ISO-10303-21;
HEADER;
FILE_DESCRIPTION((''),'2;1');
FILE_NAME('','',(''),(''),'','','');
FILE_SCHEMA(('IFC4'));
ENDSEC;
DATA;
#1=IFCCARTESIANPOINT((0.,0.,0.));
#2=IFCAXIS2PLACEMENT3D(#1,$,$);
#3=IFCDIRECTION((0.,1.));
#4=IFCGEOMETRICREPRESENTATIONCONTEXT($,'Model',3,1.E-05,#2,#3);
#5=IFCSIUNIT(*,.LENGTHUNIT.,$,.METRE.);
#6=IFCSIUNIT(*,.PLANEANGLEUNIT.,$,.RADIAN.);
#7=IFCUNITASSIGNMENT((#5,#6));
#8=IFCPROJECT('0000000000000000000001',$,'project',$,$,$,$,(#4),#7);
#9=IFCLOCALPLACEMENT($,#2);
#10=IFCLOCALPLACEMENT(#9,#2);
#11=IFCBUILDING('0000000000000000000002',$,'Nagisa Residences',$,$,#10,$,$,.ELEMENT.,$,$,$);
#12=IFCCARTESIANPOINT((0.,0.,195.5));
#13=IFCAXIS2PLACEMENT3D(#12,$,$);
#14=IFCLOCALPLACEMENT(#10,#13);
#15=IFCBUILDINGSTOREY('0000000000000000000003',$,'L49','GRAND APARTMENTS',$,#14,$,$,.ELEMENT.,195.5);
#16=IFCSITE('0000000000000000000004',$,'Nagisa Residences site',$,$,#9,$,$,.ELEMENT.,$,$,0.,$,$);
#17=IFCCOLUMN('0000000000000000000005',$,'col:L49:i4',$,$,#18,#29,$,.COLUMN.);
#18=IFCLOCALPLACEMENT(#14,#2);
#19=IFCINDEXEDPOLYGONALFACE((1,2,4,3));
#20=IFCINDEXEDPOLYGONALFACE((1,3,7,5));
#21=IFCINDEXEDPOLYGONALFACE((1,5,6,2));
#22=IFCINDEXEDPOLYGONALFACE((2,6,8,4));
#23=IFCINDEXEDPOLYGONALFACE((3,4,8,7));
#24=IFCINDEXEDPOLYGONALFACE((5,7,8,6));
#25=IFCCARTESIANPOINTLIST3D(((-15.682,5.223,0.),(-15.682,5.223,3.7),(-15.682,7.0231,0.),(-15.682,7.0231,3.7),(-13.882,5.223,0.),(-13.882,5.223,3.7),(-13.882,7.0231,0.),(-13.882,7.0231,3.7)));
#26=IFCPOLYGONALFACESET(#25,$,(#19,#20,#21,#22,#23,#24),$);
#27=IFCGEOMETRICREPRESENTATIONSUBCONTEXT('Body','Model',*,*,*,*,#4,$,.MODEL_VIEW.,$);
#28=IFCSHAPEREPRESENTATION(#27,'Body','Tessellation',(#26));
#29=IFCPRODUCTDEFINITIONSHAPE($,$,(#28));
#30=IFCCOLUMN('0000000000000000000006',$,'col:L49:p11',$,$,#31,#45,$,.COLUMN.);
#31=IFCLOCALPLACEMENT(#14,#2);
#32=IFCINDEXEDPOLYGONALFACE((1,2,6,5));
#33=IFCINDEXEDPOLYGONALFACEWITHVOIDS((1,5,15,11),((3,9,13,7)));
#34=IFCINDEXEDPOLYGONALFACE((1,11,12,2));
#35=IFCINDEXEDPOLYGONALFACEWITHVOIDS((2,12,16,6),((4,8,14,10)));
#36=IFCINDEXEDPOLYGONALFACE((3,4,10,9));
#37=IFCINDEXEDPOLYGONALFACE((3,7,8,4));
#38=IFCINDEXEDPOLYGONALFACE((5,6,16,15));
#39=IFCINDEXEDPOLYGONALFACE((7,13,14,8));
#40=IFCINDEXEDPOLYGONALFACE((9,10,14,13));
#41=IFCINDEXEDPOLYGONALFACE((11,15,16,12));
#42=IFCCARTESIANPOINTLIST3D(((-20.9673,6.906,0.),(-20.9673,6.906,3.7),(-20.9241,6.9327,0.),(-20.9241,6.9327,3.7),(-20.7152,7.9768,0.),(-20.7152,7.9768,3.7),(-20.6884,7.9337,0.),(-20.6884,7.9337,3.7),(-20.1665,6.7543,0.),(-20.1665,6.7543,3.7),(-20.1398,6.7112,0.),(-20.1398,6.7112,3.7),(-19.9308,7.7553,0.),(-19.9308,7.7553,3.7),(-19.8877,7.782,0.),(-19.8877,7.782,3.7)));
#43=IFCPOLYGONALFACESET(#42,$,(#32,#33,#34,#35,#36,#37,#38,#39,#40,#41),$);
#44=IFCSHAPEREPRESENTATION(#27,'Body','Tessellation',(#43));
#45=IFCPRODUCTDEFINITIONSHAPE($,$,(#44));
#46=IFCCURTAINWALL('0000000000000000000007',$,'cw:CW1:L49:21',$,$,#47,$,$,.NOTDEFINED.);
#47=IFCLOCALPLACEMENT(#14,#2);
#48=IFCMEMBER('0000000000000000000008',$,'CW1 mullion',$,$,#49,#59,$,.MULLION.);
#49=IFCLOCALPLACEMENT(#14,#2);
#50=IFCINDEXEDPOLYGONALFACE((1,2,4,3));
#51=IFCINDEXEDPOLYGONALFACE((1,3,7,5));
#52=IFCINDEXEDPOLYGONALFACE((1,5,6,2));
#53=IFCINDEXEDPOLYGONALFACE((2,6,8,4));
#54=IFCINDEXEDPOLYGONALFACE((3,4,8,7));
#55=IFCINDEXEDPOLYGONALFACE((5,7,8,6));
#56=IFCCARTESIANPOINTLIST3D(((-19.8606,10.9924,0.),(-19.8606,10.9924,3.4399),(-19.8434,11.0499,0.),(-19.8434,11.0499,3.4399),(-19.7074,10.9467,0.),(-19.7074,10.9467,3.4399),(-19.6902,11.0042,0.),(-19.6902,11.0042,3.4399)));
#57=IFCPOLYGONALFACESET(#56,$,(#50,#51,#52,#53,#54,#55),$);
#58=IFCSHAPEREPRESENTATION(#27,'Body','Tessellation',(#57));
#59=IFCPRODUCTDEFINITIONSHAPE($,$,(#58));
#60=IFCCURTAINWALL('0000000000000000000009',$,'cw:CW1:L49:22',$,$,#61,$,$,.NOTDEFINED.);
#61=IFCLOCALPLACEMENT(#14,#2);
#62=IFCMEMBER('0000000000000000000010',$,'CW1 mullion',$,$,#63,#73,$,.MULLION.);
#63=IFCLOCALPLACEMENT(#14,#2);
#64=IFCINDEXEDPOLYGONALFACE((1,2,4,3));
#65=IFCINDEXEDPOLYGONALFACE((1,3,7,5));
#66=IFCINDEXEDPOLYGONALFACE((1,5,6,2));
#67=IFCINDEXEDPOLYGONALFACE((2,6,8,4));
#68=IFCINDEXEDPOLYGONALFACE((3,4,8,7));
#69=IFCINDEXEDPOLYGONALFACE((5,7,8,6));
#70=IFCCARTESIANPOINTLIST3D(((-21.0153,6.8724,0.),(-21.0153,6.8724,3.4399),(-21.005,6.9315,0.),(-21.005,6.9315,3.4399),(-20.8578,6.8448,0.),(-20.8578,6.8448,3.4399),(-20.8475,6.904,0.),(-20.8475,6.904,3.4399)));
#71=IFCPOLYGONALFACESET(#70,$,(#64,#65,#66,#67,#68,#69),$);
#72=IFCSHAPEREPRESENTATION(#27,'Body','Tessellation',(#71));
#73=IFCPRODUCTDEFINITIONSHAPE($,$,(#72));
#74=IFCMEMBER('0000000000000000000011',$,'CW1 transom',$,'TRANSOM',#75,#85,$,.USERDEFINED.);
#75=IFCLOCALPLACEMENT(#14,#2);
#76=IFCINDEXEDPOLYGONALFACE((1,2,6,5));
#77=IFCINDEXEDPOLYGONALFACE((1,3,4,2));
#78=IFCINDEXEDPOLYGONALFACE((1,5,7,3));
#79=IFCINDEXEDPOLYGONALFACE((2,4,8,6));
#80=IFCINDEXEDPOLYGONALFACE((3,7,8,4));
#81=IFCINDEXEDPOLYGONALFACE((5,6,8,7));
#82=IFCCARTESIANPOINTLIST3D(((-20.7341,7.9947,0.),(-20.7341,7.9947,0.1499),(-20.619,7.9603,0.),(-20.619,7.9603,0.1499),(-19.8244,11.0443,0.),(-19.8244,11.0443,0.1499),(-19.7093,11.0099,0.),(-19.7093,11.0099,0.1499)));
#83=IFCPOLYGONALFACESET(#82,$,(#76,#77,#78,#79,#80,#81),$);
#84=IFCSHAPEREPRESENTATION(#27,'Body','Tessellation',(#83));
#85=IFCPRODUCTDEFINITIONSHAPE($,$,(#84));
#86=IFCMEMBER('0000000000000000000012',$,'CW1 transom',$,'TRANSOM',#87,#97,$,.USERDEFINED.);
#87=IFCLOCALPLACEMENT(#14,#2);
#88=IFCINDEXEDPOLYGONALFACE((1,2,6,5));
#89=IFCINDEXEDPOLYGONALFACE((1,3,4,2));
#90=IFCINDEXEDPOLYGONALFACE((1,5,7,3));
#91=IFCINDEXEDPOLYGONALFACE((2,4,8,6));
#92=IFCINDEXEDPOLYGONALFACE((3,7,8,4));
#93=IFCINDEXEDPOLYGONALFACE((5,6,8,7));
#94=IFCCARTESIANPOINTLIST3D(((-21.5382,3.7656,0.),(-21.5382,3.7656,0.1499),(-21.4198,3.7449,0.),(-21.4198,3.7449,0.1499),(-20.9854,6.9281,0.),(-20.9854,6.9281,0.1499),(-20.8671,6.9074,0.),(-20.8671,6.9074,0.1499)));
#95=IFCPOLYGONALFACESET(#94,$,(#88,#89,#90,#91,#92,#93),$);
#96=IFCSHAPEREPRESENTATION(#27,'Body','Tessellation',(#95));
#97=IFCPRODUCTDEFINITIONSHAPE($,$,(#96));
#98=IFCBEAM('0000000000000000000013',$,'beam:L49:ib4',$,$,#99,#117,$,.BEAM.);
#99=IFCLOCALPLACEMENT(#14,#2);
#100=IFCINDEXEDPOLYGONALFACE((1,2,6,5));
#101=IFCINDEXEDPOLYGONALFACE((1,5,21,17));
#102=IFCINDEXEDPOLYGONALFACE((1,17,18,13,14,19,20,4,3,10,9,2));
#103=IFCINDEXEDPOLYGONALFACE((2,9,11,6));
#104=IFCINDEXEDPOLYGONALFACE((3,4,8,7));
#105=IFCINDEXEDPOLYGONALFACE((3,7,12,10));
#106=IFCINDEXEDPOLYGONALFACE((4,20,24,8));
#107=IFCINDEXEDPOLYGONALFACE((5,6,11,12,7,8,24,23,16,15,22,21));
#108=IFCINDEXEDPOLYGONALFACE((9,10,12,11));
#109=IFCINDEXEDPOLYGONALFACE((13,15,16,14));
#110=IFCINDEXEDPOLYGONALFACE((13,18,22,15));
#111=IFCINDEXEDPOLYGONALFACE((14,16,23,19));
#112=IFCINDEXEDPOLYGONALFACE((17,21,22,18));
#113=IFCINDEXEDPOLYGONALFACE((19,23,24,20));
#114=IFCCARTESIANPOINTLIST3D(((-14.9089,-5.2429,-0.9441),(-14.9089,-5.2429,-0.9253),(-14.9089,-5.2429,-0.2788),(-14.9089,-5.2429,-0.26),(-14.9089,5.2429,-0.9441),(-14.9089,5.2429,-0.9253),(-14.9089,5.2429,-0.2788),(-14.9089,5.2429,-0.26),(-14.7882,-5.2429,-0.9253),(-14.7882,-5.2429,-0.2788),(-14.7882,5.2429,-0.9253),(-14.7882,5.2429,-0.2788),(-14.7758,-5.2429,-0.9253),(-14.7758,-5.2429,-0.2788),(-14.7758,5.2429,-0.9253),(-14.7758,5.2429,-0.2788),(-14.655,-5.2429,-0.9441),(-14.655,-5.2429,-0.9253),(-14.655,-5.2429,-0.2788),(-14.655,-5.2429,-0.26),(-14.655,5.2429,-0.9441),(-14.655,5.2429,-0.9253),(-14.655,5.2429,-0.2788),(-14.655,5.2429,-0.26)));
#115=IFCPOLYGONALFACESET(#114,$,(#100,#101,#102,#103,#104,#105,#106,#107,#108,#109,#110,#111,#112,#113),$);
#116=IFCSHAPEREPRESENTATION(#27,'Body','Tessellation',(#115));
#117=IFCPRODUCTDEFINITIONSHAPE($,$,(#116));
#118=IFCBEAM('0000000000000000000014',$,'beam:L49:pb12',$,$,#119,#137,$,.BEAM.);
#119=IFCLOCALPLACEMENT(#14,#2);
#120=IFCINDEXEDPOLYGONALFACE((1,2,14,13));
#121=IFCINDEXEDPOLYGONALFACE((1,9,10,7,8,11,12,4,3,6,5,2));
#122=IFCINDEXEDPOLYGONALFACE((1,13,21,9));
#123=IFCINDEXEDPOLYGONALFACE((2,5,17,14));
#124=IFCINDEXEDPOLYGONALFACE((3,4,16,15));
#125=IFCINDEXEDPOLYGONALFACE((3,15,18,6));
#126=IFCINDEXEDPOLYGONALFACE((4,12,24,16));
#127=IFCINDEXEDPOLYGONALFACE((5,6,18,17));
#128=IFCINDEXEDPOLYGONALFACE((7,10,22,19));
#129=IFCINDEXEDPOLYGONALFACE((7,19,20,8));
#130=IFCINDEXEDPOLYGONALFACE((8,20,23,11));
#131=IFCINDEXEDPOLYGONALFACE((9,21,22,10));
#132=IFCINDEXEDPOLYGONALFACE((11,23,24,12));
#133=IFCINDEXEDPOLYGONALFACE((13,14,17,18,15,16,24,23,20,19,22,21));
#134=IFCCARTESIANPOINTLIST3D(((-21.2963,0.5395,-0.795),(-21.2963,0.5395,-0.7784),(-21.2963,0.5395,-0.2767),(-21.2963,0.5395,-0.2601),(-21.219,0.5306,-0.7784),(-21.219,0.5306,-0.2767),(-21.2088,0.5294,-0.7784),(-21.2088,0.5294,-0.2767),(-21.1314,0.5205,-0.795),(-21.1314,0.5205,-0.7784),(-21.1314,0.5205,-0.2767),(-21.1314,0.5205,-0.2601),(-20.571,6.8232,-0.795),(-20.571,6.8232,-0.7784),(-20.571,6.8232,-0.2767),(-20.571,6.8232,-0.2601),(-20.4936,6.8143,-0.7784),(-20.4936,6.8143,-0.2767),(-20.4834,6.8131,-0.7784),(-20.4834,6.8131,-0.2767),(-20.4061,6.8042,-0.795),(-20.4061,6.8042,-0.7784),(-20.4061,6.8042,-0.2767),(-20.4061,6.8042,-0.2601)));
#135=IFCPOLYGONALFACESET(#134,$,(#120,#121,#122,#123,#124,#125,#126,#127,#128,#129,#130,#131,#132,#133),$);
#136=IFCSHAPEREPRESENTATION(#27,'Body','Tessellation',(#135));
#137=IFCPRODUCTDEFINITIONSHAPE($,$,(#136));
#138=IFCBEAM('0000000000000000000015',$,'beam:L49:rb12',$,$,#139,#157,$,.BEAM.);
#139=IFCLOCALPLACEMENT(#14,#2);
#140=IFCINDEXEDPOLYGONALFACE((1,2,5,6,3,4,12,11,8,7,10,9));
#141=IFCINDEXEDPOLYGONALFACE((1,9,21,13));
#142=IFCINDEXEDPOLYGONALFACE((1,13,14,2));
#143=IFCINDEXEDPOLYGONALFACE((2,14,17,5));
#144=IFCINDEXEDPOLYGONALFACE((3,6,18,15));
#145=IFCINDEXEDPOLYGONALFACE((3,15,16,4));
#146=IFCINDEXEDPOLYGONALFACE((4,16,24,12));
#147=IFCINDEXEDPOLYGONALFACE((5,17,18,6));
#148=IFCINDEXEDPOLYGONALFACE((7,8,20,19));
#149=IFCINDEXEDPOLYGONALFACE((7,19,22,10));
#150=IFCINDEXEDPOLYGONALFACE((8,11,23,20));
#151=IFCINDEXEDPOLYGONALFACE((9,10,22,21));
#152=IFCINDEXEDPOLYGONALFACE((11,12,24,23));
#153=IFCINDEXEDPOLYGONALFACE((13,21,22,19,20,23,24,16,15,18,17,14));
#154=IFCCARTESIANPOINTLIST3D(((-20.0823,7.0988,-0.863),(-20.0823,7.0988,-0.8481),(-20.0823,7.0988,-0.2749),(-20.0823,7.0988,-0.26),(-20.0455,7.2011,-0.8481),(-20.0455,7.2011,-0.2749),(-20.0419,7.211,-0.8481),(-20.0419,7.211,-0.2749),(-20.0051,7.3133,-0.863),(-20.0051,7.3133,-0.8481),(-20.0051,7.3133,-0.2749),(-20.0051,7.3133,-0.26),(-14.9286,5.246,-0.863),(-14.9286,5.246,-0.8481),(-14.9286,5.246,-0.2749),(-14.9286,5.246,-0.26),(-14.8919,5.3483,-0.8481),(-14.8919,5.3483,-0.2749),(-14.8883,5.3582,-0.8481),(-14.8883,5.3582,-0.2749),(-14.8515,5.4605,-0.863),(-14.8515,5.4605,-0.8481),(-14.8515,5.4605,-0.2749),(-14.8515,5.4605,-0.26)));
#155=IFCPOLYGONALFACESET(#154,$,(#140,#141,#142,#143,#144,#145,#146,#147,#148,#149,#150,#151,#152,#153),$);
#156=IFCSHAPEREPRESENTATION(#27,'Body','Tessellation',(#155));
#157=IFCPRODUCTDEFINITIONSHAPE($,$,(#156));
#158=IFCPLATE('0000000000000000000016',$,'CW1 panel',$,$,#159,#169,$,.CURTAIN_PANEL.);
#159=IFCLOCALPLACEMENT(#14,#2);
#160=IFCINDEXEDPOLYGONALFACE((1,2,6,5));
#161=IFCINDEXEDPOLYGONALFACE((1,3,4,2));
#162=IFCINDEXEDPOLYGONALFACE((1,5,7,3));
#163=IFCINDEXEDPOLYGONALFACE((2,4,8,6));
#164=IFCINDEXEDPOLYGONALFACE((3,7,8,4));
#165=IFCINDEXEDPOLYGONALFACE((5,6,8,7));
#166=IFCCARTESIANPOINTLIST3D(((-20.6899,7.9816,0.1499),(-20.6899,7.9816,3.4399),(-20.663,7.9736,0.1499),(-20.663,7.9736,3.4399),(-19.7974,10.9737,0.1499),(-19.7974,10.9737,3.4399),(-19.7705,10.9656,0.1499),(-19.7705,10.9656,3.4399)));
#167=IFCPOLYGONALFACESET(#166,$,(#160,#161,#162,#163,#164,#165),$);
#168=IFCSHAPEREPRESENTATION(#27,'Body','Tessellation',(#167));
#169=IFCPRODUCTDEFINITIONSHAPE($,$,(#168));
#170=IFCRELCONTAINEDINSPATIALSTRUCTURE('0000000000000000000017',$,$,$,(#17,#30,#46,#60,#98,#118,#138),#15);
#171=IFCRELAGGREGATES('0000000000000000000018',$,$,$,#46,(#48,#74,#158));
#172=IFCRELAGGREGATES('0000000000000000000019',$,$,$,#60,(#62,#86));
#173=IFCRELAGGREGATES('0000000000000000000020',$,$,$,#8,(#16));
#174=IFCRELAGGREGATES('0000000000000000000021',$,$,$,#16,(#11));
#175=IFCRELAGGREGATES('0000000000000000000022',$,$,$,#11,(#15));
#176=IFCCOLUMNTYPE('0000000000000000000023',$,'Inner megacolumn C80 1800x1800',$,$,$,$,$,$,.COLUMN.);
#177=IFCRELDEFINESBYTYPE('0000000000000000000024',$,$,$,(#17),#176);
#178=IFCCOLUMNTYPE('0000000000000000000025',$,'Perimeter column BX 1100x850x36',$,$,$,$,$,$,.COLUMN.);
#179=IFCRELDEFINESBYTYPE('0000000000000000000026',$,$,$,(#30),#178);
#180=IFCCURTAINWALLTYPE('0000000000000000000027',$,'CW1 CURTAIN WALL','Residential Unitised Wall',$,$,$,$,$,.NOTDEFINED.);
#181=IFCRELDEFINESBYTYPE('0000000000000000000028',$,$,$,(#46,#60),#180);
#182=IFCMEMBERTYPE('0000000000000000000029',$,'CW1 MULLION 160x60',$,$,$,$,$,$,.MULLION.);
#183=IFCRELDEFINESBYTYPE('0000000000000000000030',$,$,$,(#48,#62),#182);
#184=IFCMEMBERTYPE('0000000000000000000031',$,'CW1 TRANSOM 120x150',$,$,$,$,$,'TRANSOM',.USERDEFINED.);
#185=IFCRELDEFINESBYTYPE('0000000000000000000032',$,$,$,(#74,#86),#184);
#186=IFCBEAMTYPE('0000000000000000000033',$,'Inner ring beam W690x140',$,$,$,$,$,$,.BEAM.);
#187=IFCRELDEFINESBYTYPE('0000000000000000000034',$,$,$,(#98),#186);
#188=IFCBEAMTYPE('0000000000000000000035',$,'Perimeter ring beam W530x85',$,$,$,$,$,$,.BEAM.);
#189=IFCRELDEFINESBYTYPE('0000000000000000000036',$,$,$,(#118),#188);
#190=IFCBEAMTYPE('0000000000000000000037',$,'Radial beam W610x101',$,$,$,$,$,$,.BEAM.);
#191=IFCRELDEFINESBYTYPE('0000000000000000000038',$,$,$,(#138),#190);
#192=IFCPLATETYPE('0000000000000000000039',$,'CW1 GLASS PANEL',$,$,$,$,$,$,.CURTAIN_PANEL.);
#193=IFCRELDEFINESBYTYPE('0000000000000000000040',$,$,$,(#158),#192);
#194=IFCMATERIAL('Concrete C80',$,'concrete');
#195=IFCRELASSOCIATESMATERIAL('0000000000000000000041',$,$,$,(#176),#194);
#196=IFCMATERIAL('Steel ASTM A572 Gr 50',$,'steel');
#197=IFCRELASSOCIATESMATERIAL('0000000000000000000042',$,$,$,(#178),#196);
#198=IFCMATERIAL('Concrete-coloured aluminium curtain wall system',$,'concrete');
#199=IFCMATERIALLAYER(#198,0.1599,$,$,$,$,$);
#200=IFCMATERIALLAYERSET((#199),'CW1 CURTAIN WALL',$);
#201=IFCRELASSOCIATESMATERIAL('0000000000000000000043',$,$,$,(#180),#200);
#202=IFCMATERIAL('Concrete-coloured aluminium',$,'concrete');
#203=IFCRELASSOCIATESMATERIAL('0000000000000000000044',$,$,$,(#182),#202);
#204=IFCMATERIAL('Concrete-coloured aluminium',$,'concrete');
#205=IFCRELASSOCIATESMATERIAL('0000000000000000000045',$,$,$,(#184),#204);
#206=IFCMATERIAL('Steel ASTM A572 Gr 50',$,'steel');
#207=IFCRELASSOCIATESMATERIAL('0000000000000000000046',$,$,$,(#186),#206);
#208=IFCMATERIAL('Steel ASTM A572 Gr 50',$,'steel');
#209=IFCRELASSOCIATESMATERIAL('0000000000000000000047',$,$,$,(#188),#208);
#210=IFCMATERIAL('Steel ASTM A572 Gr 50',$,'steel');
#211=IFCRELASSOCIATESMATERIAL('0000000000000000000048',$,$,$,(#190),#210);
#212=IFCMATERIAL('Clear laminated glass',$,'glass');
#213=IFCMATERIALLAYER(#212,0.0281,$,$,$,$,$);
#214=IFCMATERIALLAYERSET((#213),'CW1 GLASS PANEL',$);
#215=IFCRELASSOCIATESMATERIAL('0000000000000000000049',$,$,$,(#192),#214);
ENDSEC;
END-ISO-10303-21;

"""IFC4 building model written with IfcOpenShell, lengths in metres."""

from ifc_helpers import new_model, si_unit, direction, frame, origin, origin_2d, place, context, subcontext, project, spatial, rectangle, hollow_rectangle, i_section, extrude, material, layer, layer_set, material_profile, profile_set, type_object, element, aggregate, save


model = new_model("IFC4")

# Units and contexts
model_context = context("Model", 3, precision=1e-05, world=origin(), true_north=direction((0.0, 1.0)))
body_context = subcontext(model_context, "Body", "Model", "MODEL_VIEW")
ifc_project = project(units=[si_unit("LENGTHUNIT", "METRE"), si_unit("PLANEANGLEUNIT", "RADIAN")], contexts=[model_context])

# Site, building, storey
site_placement = place(None, origin())
site = spatial("IfcSite", under=ifc_project, at=site_placement, Name="Nagisa Residences site", CompositionType="ELEMENT", RefElevation=0.0)
building_placement = place(site_placement, origin())
building = spatial("IfcBuilding", under=site, at=building_placement, Name="Nagisa Residences", CompositionType="ELEMENT")
storey_placement = place(building_placement, frame((0.0, 0.0, 195.5)))
storey = spatial("IfcBuildingStorey", under=building, at=storey_placement, Name="L49", Description="GRAND APARTMENTS", CompositionType="ELEMENT", Elevation=195.5)

# Columns
ifc_material_1 = material(Name="Concrete C80", Category="concrete")
ifc_material_profile_1 = material_profile(ifc_material_1, rectangle(XDim=1.8, YDim=1.8, at=origin_2d()), Name="C80 1800x1800")
ifc_profile_set_1 = profile_set([ifc_material_profile_1], Name="Concrete C80")
column_type_1 = type_object("IfcColumnType", Name="Inner megacolumn C80 1800x1800", PredefinedType="COLUMN", material=ifc_profile_set_1)
column_1_placement = place(storey_placement, frame((-14.782, 6.123, 0.0), z_axis=(0.0, 0.0, 1.0), x_axis=(1.0, 0.0, 0.0)))
element("IfcColumn", 1, at=column_1_placement, inside=storey, type_object=column_type_1, Name="col:L49:i4", PredefinedType="COLUMN", context=body_context, shape_type="SweptSolid", body=[
    extrude(rectangle(XDim=1.8, YDim=1.8, at=origin_2d()), origin(), (0.0, 0.0, 1.0), 3.7),
])
ifc_material_2 = material(Name="Steel ASTM A572 Gr 50", Category="steel")
ifc_material_profile_2 = material_profile(ifc_material_2, hollow_rectangle(XDim=1.1001, YDim=0.8501, WallThickness=0.0359, at=origin_2d()), Name="BX 1100x850x36")
ifc_profile_set_2 = profile_set([ifc_material_profile_2], Name="Steel ASTM A572 Gr 50")
column_type_2 = type_object("IfcColumnType", Name="Perimeter column BX 1100x850x36", PredefinedType="COLUMN", material=ifc_profile_set_2)
column_2_placement = place(storey_placement, frame((-20.4275, 7.344, 0.0), z_axis=(0.0, 0.0, 1.0), x_axis=(-0.229202, -0.973379, 0.0)))
element("IfcColumn", 2, at=column_2_placement, inside=storey, type_object=column_type_2, Name="col:L49:p11", PredefinedType="COLUMN", context=body_context, shape_type="SweptSolid", body=[
    extrude(hollow_rectangle(XDim=1.1001, YDim=0.8501, WallThickness=0.0359, at=origin_2d()), origin(), (0.0, 0.0, 1.0), 3.7),
])

# Curtain walls, members
ifc_material_3 = material(Name="Concrete-coloured aluminium curtain wall system", Category="concrete")
ifc_layer_1 = layer(ifc_material_3, 0.1599)
ifc_layer_set_1 = layer_set([ifc_layer_1], Name="CW1 CURTAIN WALL")
curtain_wall_type = type_object("IfcCurtainWallType", Name="CW1 CURTAIN WALL", Description="Residential Unitised Wall", PredefinedType="NOTDEFINED", material=ifc_layer_set_1)
curtain_wall_1_placement = place(storey_placement, origin())
curtain_wall_1 = element("IfcCurtainWall", 3, at=curtain_wall_1_placement, inside=storey, type_object=curtain_wall_type, Name="cw:CW1:L49:21", PredefinedType="NOTDEFINED")
ifc_material_4 = material(Name="Concrete-coloured aluminium", Category="concrete")
ifc_material_profile_3 = material_profile(ifc_material_4, rectangle(XDim=0.1599, YDim=0.0601, at=origin_2d()), Name="CW1 MULLION 160x60")
ifc_profile_set_3 = profile_set([ifc_material_profile_3], Name="Concrete-coloured aluminium")
member_type_1 = type_object("IfcMemberType", Name="CW1 MULLION 160x60", PredefinedType="MULLION", material=ifc_profile_set_3)
member_1_placement = place(storey_placement, frame((-19.7754, 10.9983, 0.0), z_axis=(0.0, 0.0, 1.0), x_axis=(0.958271, -0.28586, 0.0)))
member_1 = element("IfcMember", 4, at=member_1_placement, type_object=member_type_1, Name="CW1 mullion", PredefinedType="MULLION", context=body_context, shape_type="SweptSolid", body=[
    extrude(rectangle(XDim=0.1599, YDim=0.0601, at=origin_2d()), origin(), (0.0, 0.0, 1.0), 3.4399),
])
curtain_wall_2_placement = place(storey_placement, origin())
curtain_wall_2 = element("IfcCurtainWall", 5, at=curtain_wall_2_placement, inside=storey, type_object=curtain_wall_type, Name="cw:CW1:L49:22", PredefinedType="NOTDEFINED")
member_2_placement = place(storey_placement, frame((-20.9314, 6.8882, 0.0), z_axis=(0.0, 0.0, 1.0), x_axis=(0.985064, -0.172191, 0.0)))
member_2 = element("IfcMember", 6, at=member_2_placement, type_object=member_type_1, Name="CW1 mullion", PredefinedType="MULLION", context=body_context, shape_type="SweptSolid", body=[
    extrude(rectangle(XDim=0.1599, YDim=0.0601, at=origin_2d()), origin(), (0.0, 0.0, 1.0), 3.4399),
])

# Members
ifc_material_5 = material(Name="Concrete-coloured aluminium", Category="concrete")
ifc_material_profile_4 = material_profile(ifc_material_5, rectangle(XDim=0.1201, YDim=0.1499, at=origin_2d()), Name="CW1 TRANSOM 120x150")
ifc_profile_set_4 = profile_set([ifc_material_profile_4], Name="Concrete-coloured aluminium")
member_type_2 = type_object("IfcMemberType", Name="CW1 TRANSOM 120x150", ElementType="TRANSOM", PredefinedType="USERDEFINED", material=ifc_profile_set_4)
member_3_placement = place(storey_placement, frame((-19.7668, 11.0271, 0.075), z_axis=(-0.285848, -0.958275, 0.0), x_axis=(0.958275, -0.285848, 0.0)))
member_3 = element("IfcMember", 7, at=member_3_placement, type_object=member_type_2, Name="CW1 transom", ObjectType="TRANSOM", PredefinedType="USERDEFINED", context=body_context, shape_type="SweptSolid", body=[
    extrude(rectangle(XDim=0.1201, YDim=0.1499, at=origin_2d()), origin(), (0.0, 0.0, 1.0), 3.1824),
])
member_4_placement = place(storey_placement, frame((-20.9263, 6.9177, 0.075), z_axis=(-0.172163, -0.985069, 0.0), x_axis=(0.985069, -0.172163, 0.0)))
member_4 = element("IfcMember", 8, at=member_4_placement, type_object=member_type_2, Name="CW1 transom", ObjectType="TRANSOM", PredefinedType="USERDEFINED", context=body_context, shape_type="SweptSolid", body=[
    extrude(rectangle(XDim=0.1201, YDim=0.1499, at=origin_2d()), origin(), (0.0, 0.0, 1.0), 3.2104),
])

# Beams
ifc_material_6 = material(Name="Steel ASTM A572 Gr 50", Category="steel")
ifc_material_profile_5 = material_profile(ifc_material_6, i_section(OverallWidth=0.2539, OverallDepth=0.6841, WebThickness=0.0125, FlangeThickness=0.0188, at=origin_2d()), Name="W690x140")
ifc_profile_set_5 = profile_set([ifc_material_profile_5], Name="Steel ASTM A572 Gr 50")
beam_type_1 = type_object("IfcBeamType", Name="Inner ring beam W690x140", PredefinedType="BEAM", material=ifc_profile_set_5)
beam_1_placement = place(storey_placement, frame((-14.782, 5.2429, -0.6021), z_axis=(0.0, -1.0, 0.0), x_axis=(1.0, 0.0, 0.0)))
element("IfcBeam", 9, at=beam_1_placement, inside=storey, type_object=beam_type_1, Name="beam:L49:ib4", PredefinedType="BEAM", context=body_context, shape_type="SweptSolid", body=[
    extrude(i_section(OverallWidth=0.2539, OverallDepth=0.6841, WebThickness=0.0125, FlangeThickness=0.0188, at=origin_2d()), origin(), (0.0, 0.0, 1.0), 10.4858),
])
ifc_material_7 = material(Name="Steel ASTM A572 Gr 50", Category="steel")
ifc_material_profile_6 = material_profile(ifc_material_7, i_section(OverallWidth=0.166, OverallDepth=0.5349, WebThickness=0.0103, FlangeThickness=0.0166, at=origin_2d()), Name="W530x85")
ifc_profile_set_6 = profile_set([ifc_material_profile_6], Name="Steel ASTM A572 Gr 50")
beam_type_2 = type_object("IfcBeamType", Name="Perimeter ring beam W530x85", PredefinedType="BEAM", material=ifc_profile_set_6)
beam_2_placement = place(storey_placement, frame((-20.4885, 6.8137, -0.5276), z_axis=(-0.114671, -0.993404, 0.0), x_axis=(0.993404, -0.114671, 0.0)))
element("IfcBeam", 10, at=beam_2_placement, inside=storey, type_object=beam_type_2, Name="beam:L49:pb12", PredefinedType="BEAM", context=body_context, shape_type="SweptSolid", body=[
    extrude(i_section(OverallWidth=0.166, OverallDepth=0.5349, WebThickness=0.0103, FlangeThickness=0.0166, at=origin_2d()), origin(), (0.0, 0.0, 1.0), 6.3254),
])
ifc_material_8 = material(Name="Steel ASTM A572 Gr 50", Category="steel")
ifc_material_profile_7 = material_profile(ifc_material_8, i_section(OverallWidth=0.228, OverallDepth=0.603, WebThickness=0.0105, FlangeThickness=0.0149, at=origin_2d()), Name="W610x101")
ifc_profile_set_7 = profile_set([ifc_material_profile_7], Name="Steel ASTM A572 Gr 50")
beam_type_3 = type_object("IfcBeamType", Name="Radial beam W610x101", PredefinedType="BEAM", material=ifc_profile_set_7)
beam_3_placement = place(storey_placement, frame((-20.0437, 7.2061, -0.5615), z_axis=(0.941033, -0.338315, 0.0), x_axis=(0.338315, 0.941033, 0.0)))
element("IfcBeam", 11, at=beam_3_placement, inside=storey, type_object=beam_type_3, Name="beam:L49:rb12", PredefinedType="BEAM", context=body_context, shape_type="SweptSolid", body=[
    extrude(i_section(OverallWidth=0.228, OverallDepth=0.603, WebThickness=0.0105, FlangeThickness=0.0149, at=origin_2d()), origin(), (0.0, 0.0, 1.0), 5.4766),
])

# Plate
ifc_material_9 = material(Name="Clear laminated glass", Category="glass")
ifc_layer_2 = layer(ifc_material_9, 0.0281)
ifc_layer_set_2 = layer_set([ifc_layer_2], Name="CW1 GLASS PANEL")
plate_type = type_object("IfcPlateType", Name="CW1 GLASS PANEL", PredefinedType="CURTAIN_PANEL", material=ifc_layer_set_2)
plate_1_placement = place(storey_placement, frame((-20.2302, 9.4736, 0.1499), z_axis=(0.0, 0.0, 1.0), x_axis=(-0.28586, -0.958271, 0.0)))
plate_1 = element("IfcPlate", 12, at=plate_1_placement, type_object=plate_type, Name="CW1 panel", PredefinedType="CURTAIN_PANEL", context=body_context, shape_type="SweptSolid", body=[
    extrude(rectangle(XDim=3.1223, YDim=0.0281, at=origin_2d()), origin(), (0.0, 0.0, 1.0), 3.29),
])
aggregate(curtain_wall_1, [member_1, member_3, plate_1])
aggregate(curtain_wall_2, [member_2, member_4])

save(model, "model.ifc")
